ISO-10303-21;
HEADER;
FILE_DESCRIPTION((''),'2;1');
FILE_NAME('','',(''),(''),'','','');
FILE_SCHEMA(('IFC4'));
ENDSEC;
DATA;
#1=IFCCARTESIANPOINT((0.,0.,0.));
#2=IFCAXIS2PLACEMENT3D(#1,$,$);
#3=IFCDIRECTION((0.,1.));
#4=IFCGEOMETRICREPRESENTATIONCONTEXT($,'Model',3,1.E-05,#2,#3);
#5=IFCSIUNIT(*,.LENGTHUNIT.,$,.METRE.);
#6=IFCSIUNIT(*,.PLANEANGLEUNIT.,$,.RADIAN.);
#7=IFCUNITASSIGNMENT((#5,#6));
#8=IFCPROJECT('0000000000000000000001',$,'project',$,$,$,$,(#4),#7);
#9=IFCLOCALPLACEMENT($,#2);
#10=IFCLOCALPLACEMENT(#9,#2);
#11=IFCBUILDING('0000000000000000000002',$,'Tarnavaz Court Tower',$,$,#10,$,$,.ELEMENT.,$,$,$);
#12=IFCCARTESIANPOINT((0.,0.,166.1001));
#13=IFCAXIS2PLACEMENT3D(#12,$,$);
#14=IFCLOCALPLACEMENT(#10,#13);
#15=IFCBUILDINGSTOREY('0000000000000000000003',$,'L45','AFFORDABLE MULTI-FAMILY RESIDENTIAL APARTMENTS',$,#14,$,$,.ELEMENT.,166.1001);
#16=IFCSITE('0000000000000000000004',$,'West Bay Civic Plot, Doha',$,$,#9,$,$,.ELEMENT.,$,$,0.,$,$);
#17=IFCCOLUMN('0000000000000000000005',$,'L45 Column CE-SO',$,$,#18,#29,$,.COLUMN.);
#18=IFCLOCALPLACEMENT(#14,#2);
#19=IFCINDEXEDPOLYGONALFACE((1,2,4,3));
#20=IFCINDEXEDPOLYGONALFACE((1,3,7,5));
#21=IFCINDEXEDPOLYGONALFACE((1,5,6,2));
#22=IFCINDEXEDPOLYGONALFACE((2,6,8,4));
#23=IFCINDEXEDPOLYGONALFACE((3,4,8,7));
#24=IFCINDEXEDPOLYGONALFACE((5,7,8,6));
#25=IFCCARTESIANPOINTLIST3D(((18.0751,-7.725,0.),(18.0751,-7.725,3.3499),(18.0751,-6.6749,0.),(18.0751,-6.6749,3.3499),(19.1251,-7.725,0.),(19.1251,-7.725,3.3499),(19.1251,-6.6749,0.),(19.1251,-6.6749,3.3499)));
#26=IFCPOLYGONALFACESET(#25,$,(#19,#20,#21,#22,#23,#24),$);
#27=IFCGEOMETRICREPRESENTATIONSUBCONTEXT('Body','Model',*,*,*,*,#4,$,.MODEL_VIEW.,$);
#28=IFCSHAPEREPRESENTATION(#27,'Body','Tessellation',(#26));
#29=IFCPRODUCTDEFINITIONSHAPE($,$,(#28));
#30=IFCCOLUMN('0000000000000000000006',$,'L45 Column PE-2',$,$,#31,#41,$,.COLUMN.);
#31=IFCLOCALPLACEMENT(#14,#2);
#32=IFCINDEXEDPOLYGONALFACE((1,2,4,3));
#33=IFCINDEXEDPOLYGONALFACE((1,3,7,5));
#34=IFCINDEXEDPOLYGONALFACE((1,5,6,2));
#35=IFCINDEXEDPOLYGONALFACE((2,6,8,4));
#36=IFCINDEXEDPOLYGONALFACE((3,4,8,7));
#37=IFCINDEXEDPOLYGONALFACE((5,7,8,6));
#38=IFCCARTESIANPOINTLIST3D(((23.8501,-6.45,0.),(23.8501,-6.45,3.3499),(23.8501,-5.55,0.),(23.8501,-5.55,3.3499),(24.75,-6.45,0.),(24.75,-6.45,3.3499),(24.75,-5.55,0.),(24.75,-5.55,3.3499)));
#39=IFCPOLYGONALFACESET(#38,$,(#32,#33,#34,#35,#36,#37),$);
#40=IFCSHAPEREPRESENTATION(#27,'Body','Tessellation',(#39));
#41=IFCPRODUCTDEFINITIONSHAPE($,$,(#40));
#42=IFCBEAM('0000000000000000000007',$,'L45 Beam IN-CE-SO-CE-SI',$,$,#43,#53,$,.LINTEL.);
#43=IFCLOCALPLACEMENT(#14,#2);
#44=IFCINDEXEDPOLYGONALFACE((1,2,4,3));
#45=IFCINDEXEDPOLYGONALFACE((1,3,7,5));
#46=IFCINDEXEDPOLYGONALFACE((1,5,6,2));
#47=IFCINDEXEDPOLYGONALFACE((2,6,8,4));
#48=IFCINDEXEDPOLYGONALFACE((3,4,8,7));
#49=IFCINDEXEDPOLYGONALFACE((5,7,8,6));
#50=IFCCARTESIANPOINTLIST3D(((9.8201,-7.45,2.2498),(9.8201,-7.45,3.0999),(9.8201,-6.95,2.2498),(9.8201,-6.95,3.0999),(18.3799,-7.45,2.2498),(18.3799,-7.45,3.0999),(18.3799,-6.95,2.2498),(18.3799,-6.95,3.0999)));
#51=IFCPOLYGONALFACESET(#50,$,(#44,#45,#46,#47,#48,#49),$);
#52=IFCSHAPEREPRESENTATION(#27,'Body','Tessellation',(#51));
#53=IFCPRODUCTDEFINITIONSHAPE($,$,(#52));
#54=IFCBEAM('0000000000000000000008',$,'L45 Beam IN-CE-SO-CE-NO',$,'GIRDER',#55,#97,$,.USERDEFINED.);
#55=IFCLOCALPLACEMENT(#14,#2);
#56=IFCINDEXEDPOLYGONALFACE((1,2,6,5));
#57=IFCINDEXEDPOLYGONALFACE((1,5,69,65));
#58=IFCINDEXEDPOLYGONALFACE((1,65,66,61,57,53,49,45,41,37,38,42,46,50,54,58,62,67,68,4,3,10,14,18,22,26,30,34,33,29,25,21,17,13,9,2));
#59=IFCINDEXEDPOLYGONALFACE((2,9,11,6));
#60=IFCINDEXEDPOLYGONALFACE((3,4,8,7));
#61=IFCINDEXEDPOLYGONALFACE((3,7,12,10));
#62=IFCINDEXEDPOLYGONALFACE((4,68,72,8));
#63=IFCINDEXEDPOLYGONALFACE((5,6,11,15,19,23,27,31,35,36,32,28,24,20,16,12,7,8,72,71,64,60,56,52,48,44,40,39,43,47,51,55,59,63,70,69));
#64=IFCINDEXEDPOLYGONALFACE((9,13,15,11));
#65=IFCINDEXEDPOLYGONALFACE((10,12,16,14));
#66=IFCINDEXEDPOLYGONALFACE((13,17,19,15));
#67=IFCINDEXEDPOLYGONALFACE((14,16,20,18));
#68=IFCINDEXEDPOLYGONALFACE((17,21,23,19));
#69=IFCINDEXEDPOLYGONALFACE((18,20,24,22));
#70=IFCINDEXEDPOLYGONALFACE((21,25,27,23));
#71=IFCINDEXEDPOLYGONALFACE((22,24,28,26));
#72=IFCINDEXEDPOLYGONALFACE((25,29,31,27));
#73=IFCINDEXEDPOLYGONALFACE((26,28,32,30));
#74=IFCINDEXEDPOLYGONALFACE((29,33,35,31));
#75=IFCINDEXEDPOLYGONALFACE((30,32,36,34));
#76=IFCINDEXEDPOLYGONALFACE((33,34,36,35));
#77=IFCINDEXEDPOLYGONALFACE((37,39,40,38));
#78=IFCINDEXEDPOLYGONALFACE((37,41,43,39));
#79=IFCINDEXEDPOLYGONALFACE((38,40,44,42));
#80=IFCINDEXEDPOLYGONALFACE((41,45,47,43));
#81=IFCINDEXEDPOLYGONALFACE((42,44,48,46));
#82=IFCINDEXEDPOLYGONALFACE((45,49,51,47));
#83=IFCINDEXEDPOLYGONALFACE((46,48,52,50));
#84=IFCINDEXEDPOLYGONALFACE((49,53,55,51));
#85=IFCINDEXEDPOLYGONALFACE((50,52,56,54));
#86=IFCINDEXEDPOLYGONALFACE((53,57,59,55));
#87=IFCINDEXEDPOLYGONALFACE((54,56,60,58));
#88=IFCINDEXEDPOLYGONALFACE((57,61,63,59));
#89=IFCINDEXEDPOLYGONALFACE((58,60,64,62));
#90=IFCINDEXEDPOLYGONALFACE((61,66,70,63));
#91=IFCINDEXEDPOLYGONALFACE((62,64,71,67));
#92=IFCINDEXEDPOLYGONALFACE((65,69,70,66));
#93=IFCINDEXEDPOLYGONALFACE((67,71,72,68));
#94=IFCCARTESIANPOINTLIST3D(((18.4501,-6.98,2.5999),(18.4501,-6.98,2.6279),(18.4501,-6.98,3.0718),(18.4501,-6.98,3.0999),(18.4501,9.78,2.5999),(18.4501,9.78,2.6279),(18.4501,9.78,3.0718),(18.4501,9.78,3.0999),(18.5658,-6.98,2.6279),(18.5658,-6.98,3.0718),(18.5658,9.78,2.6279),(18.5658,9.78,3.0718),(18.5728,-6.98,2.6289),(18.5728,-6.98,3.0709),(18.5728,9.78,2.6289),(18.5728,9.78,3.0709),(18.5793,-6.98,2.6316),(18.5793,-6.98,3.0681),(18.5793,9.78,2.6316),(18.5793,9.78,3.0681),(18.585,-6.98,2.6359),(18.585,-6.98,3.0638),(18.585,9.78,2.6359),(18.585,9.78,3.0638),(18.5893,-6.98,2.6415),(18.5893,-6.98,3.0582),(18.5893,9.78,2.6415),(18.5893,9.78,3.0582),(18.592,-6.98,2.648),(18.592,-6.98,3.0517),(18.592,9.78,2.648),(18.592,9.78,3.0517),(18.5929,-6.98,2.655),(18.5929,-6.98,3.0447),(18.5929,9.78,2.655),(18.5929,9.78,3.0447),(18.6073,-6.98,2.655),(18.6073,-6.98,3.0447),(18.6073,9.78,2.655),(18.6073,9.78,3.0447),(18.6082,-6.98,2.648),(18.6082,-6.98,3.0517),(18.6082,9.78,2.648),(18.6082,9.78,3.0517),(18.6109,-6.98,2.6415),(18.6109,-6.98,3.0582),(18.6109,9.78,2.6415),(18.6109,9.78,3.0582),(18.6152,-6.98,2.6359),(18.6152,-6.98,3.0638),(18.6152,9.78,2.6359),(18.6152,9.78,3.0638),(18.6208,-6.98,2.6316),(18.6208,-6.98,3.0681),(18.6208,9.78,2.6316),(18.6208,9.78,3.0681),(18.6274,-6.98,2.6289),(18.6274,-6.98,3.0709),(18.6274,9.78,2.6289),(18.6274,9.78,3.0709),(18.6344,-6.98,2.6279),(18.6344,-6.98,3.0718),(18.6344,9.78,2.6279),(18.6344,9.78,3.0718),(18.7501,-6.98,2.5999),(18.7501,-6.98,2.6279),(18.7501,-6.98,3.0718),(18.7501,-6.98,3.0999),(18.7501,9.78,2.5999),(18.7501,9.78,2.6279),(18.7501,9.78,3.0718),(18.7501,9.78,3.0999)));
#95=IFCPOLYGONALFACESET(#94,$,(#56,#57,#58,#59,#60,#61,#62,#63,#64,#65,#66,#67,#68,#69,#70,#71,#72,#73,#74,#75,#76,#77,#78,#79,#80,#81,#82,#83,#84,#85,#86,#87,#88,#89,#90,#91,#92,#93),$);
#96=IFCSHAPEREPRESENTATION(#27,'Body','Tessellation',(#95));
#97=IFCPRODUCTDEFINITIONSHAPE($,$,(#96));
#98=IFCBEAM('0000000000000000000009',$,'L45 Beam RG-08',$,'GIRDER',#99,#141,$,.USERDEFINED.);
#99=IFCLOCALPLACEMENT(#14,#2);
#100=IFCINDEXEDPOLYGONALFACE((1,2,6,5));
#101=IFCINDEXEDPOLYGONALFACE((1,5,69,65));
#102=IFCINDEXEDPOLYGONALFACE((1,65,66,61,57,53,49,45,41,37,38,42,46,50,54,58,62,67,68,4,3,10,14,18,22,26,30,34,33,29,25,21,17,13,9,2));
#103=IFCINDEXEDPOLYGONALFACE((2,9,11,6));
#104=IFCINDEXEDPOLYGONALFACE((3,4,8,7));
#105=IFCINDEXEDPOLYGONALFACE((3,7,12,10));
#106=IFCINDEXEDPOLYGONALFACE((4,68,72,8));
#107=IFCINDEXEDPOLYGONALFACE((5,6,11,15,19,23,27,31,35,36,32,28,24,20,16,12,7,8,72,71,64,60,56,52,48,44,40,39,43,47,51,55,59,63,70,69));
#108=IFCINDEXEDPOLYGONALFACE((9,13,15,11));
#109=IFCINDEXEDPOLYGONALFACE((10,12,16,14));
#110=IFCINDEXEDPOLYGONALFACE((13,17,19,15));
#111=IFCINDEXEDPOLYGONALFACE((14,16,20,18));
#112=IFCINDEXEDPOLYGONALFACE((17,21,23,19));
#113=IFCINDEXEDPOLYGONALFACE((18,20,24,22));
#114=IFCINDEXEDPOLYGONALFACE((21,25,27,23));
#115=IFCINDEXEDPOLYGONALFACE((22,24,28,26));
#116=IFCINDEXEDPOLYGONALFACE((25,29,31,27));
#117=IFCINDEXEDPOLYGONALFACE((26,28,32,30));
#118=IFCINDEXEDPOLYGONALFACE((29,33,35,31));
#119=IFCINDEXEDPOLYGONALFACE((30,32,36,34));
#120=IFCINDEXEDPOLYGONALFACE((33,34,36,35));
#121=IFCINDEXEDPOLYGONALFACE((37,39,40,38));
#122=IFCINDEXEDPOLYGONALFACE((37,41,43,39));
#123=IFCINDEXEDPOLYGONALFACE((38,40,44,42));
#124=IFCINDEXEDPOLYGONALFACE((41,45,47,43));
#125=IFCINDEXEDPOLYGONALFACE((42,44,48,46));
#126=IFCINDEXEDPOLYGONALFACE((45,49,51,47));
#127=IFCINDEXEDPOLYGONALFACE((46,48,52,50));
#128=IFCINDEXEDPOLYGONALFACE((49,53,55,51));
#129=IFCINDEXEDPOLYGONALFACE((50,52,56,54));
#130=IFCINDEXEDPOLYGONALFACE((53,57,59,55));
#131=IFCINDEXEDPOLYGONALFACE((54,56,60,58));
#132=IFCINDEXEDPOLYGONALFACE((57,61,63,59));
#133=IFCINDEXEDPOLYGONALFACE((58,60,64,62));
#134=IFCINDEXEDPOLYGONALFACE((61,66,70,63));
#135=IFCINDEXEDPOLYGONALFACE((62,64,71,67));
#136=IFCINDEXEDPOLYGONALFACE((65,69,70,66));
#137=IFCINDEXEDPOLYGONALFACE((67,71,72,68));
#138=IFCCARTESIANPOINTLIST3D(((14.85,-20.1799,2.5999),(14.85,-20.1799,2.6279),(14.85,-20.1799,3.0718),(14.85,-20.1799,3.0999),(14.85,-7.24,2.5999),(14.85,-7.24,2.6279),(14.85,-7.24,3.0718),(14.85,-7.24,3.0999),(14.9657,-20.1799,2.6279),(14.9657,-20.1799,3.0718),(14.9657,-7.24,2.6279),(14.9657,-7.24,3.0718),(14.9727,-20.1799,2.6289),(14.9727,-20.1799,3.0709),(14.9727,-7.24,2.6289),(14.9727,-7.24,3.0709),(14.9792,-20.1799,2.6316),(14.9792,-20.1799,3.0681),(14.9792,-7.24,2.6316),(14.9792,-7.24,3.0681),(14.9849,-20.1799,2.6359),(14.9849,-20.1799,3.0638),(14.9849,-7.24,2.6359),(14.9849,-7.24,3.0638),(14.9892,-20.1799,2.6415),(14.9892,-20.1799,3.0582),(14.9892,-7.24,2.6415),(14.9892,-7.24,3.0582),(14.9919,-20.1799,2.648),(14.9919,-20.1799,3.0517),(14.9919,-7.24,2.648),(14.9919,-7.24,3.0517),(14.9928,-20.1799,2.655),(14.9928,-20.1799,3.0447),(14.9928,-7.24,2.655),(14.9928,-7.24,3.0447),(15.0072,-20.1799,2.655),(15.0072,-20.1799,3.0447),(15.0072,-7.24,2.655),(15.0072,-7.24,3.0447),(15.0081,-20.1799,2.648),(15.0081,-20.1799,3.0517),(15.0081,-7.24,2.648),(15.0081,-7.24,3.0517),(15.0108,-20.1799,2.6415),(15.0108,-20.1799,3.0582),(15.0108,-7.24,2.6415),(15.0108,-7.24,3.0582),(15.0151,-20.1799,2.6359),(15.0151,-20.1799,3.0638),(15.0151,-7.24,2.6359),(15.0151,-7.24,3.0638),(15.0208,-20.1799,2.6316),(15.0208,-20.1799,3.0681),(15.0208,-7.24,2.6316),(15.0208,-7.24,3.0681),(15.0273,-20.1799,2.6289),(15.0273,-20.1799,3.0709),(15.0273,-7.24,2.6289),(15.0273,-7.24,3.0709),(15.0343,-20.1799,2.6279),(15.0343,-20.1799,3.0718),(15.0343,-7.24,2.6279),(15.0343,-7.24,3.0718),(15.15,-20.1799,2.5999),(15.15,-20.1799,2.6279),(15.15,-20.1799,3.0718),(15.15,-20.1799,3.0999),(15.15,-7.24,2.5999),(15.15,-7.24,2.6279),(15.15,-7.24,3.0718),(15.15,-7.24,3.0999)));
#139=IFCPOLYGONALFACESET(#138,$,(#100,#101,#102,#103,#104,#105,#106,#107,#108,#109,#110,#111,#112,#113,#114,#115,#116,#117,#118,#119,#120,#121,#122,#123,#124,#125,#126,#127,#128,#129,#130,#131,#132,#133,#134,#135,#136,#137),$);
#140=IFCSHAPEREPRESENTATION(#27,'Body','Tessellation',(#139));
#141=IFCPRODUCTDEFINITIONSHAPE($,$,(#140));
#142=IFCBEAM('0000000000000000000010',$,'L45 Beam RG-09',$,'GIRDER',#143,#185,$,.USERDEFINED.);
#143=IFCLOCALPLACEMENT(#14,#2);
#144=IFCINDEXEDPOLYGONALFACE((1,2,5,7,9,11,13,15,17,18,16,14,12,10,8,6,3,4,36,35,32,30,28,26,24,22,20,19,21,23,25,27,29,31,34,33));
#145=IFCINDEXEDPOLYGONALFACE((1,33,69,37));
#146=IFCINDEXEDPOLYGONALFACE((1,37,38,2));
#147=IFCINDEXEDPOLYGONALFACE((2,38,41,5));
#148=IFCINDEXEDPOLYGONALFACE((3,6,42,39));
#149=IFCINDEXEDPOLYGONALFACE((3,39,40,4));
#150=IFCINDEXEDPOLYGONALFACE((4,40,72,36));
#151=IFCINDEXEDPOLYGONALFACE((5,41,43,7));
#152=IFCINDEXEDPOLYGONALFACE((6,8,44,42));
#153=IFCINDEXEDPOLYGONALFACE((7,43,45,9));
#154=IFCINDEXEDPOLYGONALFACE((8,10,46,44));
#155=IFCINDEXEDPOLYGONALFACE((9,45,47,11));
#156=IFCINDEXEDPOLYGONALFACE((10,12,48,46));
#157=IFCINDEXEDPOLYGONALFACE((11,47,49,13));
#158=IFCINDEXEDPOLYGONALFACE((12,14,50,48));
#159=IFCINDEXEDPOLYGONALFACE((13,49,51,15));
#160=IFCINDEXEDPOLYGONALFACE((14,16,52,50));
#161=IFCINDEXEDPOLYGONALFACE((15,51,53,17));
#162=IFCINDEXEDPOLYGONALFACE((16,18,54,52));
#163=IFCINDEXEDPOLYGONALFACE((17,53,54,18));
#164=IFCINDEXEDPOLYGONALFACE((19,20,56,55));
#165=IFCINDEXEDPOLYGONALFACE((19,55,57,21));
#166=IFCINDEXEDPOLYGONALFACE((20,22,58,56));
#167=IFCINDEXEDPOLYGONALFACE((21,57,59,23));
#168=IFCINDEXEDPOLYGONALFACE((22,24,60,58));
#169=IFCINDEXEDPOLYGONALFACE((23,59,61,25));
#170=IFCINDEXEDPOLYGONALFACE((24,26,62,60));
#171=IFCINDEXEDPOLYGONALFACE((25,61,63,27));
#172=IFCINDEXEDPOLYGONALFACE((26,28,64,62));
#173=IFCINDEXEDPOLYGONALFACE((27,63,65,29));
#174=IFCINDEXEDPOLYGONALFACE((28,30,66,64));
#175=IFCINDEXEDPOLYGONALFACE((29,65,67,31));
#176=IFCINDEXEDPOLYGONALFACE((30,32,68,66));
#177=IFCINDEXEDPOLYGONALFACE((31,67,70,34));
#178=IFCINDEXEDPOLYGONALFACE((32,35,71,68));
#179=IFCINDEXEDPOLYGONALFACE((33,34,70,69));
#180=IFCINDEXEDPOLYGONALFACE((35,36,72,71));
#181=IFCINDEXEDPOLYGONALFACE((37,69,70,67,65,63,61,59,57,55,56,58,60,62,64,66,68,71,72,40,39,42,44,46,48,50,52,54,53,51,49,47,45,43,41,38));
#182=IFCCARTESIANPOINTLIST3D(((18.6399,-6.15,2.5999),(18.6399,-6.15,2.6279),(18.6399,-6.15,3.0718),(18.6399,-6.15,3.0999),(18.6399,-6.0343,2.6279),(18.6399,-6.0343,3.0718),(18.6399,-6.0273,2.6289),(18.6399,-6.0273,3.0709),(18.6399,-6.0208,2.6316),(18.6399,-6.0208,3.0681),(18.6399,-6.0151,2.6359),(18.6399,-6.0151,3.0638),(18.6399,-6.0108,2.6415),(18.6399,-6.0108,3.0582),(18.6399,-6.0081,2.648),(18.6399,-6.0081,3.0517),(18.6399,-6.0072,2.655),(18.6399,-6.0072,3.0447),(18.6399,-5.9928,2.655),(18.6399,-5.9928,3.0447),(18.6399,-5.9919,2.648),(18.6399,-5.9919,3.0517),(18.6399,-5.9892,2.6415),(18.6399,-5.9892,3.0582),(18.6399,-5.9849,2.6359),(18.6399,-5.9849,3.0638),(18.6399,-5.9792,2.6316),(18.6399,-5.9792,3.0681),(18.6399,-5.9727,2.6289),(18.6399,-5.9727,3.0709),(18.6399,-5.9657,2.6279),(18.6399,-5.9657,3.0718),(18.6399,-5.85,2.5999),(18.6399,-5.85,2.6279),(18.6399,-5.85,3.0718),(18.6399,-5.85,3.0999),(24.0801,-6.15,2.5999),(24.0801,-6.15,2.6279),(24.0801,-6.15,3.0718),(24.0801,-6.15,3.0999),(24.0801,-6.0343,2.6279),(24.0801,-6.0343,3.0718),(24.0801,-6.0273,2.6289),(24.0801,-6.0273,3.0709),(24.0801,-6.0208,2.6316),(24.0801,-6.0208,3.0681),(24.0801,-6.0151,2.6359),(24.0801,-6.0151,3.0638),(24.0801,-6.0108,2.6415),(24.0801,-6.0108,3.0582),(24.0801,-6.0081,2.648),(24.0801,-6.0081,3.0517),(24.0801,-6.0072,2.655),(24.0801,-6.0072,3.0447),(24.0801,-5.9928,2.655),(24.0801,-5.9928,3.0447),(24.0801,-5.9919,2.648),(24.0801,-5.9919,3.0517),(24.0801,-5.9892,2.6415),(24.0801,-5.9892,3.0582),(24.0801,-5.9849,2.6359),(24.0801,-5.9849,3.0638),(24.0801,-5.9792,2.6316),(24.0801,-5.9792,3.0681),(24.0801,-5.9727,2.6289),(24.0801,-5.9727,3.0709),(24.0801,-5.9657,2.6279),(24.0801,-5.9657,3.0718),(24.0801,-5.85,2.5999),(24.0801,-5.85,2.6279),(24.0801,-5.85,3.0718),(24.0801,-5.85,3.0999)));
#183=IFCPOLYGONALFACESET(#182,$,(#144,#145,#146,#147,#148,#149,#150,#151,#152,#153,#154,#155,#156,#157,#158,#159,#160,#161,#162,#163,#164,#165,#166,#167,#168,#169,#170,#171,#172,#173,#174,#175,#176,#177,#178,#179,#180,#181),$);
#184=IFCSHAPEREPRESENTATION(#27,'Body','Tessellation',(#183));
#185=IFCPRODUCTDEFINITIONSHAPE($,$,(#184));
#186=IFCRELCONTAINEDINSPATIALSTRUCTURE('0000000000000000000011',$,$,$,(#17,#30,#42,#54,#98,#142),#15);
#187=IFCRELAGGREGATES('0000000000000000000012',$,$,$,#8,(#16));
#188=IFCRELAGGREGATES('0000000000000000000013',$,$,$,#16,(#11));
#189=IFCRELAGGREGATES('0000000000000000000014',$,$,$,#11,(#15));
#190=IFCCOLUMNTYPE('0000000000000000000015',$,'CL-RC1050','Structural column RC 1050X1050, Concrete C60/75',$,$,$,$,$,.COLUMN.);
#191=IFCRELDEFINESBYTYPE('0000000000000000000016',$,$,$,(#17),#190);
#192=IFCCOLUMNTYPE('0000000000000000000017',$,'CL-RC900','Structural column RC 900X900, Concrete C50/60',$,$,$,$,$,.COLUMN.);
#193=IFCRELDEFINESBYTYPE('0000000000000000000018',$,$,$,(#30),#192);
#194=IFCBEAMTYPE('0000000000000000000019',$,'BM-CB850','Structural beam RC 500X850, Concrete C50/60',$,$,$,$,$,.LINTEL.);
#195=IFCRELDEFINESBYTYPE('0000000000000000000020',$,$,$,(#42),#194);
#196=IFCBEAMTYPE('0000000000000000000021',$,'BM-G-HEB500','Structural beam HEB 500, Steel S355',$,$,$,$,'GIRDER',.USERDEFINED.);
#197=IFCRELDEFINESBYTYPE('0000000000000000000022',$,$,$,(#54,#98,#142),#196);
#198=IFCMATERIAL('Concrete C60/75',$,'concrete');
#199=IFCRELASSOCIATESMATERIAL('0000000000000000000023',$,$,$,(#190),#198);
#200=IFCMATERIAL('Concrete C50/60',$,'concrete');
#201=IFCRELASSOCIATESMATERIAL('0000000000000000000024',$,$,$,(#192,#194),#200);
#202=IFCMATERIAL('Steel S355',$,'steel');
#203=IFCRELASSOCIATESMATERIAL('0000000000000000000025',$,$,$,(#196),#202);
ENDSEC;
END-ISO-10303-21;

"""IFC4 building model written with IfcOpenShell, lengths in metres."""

from ifc_helpers import new_model, si_unit, direction, frame, origin, origin_2d, place, context, subcontext, project, spatial, rectangle, i_section, extrude, material, material_profile, profile_set, type_object, element, save


model = new_model("IFC4")

# Units and contexts
model_context = context("Model", 3, precision=1e-05, world=origin(), true_north=direction((0.0, 1.0)))
body_context = subcontext(model_context, "Body", "Model", "MODEL_VIEW")
ifc_project = project(units=[si_unit("LENGTHUNIT", "METRE"), si_unit("PLANEANGLEUNIT", "RADIAN")], contexts=[model_context])

# Site, building, storey
site_placement = place(None, origin())
site = spatial("IfcSite", under=ifc_project, at=site_placement, Name="West Bay Civic Plot, Doha", CompositionType="ELEMENT", RefElevation=0.0)
building_placement = place(site_placement, origin())
building = spatial("IfcBuilding", under=site, at=building_placement, Name="Tarnavaz Court Tower", CompositionType="ELEMENT")
storey_placement = place(building_placement, frame((0.0, 0.0, 166.1001)))
storey = spatial("IfcBuildingStorey", under=building, at=storey_placement, Name="L45", Description="AFFORDABLE MULTI-FAMILY RESIDENTIAL APARTMENTS", CompositionType="ELEMENT", Elevation=166.1001)

# Columns
ifc_material_1 = material(Name="Concrete C60/75", Category="concrete")
ifc_material_profile_1 = material_profile(ifc_material_1, rectangle(XDim=1.05, YDim=1.05, at=origin_2d()), Name="RC 1050X1050")
ifc_profile_set_1 = profile_set([ifc_material_profile_1], Name="Concrete C60/75")
column_type_1 = type_object("IfcColumnType", Name="CL-RC1050", Description="Structural column RC 1050X1050, Concrete C60/75", PredefinedType="COLUMN", material=ifc_profile_set_1)
column_1_placement = place(storey_placement, frame((18.6001, -7.2, 0.0), z_axis=(0.0, 0.0, 1.0), x_axis=(1.0, 0.0, 0.0)))
element("IfcColumn", 1, at=column_1_placement, inside=storey, type_object=column_type_1, Name="L45 Column CE-SO", PredefinedType="COLUMN", context=body_context, shape_type="SweptSolid", body=[
    extrude(rectangle(XDim=1.05, YDim=1.05, at=origin_2d()), origin(), (0.0, 0.0, 1.0), 3.3499),
])
ifc_material_2 = material(Name="Concrete C50/60", Category="concrete")
ifc_material_profile_2 = material_profile(ifc_material_2, rectangle(XDim=0.8999, YDim=0.8999, at=origin_2d()), Name="RC 900X900")
ifc_profile_set_2 = profile_set([ifc_material_profile_2], Name="Concrete C50/60")
column_type_2 = type_object("IfcColumnType", Name="CL-RC900", Description="Structural column RC 900X900, Concrete C50/60", PredefinedType="COLUMN", material=ifc_profile_set_2)
column_2_placement = place(storey_placement, frame((24.3, -6.0, 0.0), z_axis=(0.0, 0.0, 1.0), x_axis=(1.0, 0.0, 0.0)))
element("IfcColumn", 2, at=column_2_placement, inside=storey, type_object=column_type_2, Name="L45 Column PE-2", PredefinedType="COLUMN", context=body_context, shape_type="SweptSolid", body=[
    extrude(rectangle(XDim=0.8999, YDim=0.8999, at=origin_2d()), origin(), (0.0, 0.0, 1.0), 3.3499),
])

# Beams
ifc_material_profile_3 = material_profile(ifc_material_2, rectangle(XDim=0.5, YDim=0.8501, at=origin_2d()), Name="RC 500X850")
ifc_profile_set_3 = profile_set([ifc_material_profile_3], Name="Concrete C50/60")
beam_type_1 = type_object("IfcBeamType", Name="BM-CB850", Description="Structural beam RC 500X850, Concrete C50/60", PredefinedType="LINTEL", material=ifc_profile_set_3)
beam_1_placement = place(storey_placement, frame((18.3799, -7.2, 2.6748), z_axis=(-1.0, 0.0, 0.0), x_axis=(0.0, -1.0, 0.0)))
element("IfcBeam", 3, at=beam_1_placement, inside=storey, type_object=beam_type_1, Name="L45 Beam IN-CE-SO-CE-SI", PredefinedType="LINTEL", context=body_context, shape_type="SweptSolid", body=[
    extrude(rectangle(XDim=0.5, YDim=0.8501, at=origin_2d()), origin(), (0.0, 0.0, 1.0), 8.5598),
])
ifc_material_3 = material(Name="Steel S355", Category="steel")
ifc_material_profile_4 = material_profile(ifc_material_3, i_section(OverallWidth=0.3, OverallDepth=0.5, WebThickness=0.0144, FlangeThickness=0.0281, FilletRadius=0.0271, at=origin_2d()), Name="HEB 500")
ifc_profile_set_4 = profile_set([ifc_material_profile_4], Name="Steel S355")
beam_type_2 = type_object("IfcBeamType", Name="BM-G-HEB500", Description="Structural beam HEB 500, Steel S355", ElementType="GIRDER", PredefinedType="USERDEFINED", material=ifc_profile_set_4)
beam_2_placement = place(storey_placement, frame((18.6001, -6.98, 2.8499), z_axis=(0.0, 1.0, 0.0), x_axis=(-1.0, 0.0, 0.0)))
element("IfcBeam", 4, at=beam_2_placement, inside=storey, type_object=beam_type_2, Name="L45 Beam IN-CE-SO-CE-NO", ObjectType="GIRDER", PredefinedType="USERDEFINED", context=body_context, shape_type="SweptSolid", body=[
    extrude(i_section(OverallWidth=0.3, OverallDepth=0.5, WebThickness=0.0144, FlangeThickness=0.0281, FilletRadius=0.0271, at=origin_2d()), origin(), (0.0, 0.0, 1.0), 16.76),
])
beam_3_placement = place(storey_placement, frame((15.0, -7.24, 2.8499), z_axis=(0.0, -1.0, 0.0), x_axis=(1.0, 0.0, 0.0)))
element("IfcBeam", 5, at=beam_3_placement, inside=storey, type_object=beam_type_2, Name="L45 Beam RG-08", ObjectType="GIRDER", PredefinedType="USERDEFINED", context=body_context, shape_type="SweptSolid", body=[
    extrude(i_section(OverallWidth=0.3, OverallDepth=0.5, WebThickness=0.0144, FlangeThickness=0.0281, FilletRadius=0.0271, at=origin_2d()), origin(), (0.0, 0.0, 1.0), 12.9399),
])
beam_4_placement = place(storey_placement, frame((18.6399, -6.0, 2.8499), z_axis=(1.0, 0.0, 0.0), x_axis=(0.0, 1.0, 0.0)))
element("IfcBeam", 6, at=beam_4_placement, inside=storey, type_object=beam_type_2, Name="L45 Beam RG-09", ObjectType="GIRDER", PredefinedType="USERDEFINED", context=body_context, shape_type="SweptSolid", body=[
    extrude(i_section(OverallWidth=0.3, OverallDepth=0.5, WebThickness=0.0144, FlangeThickness=0.0281, FilletRadius=0.0271, at=origin_2d()), origin(), (0.0, 0.0, 1.0), 5.4402),
])

save(model, "model.ifc")
